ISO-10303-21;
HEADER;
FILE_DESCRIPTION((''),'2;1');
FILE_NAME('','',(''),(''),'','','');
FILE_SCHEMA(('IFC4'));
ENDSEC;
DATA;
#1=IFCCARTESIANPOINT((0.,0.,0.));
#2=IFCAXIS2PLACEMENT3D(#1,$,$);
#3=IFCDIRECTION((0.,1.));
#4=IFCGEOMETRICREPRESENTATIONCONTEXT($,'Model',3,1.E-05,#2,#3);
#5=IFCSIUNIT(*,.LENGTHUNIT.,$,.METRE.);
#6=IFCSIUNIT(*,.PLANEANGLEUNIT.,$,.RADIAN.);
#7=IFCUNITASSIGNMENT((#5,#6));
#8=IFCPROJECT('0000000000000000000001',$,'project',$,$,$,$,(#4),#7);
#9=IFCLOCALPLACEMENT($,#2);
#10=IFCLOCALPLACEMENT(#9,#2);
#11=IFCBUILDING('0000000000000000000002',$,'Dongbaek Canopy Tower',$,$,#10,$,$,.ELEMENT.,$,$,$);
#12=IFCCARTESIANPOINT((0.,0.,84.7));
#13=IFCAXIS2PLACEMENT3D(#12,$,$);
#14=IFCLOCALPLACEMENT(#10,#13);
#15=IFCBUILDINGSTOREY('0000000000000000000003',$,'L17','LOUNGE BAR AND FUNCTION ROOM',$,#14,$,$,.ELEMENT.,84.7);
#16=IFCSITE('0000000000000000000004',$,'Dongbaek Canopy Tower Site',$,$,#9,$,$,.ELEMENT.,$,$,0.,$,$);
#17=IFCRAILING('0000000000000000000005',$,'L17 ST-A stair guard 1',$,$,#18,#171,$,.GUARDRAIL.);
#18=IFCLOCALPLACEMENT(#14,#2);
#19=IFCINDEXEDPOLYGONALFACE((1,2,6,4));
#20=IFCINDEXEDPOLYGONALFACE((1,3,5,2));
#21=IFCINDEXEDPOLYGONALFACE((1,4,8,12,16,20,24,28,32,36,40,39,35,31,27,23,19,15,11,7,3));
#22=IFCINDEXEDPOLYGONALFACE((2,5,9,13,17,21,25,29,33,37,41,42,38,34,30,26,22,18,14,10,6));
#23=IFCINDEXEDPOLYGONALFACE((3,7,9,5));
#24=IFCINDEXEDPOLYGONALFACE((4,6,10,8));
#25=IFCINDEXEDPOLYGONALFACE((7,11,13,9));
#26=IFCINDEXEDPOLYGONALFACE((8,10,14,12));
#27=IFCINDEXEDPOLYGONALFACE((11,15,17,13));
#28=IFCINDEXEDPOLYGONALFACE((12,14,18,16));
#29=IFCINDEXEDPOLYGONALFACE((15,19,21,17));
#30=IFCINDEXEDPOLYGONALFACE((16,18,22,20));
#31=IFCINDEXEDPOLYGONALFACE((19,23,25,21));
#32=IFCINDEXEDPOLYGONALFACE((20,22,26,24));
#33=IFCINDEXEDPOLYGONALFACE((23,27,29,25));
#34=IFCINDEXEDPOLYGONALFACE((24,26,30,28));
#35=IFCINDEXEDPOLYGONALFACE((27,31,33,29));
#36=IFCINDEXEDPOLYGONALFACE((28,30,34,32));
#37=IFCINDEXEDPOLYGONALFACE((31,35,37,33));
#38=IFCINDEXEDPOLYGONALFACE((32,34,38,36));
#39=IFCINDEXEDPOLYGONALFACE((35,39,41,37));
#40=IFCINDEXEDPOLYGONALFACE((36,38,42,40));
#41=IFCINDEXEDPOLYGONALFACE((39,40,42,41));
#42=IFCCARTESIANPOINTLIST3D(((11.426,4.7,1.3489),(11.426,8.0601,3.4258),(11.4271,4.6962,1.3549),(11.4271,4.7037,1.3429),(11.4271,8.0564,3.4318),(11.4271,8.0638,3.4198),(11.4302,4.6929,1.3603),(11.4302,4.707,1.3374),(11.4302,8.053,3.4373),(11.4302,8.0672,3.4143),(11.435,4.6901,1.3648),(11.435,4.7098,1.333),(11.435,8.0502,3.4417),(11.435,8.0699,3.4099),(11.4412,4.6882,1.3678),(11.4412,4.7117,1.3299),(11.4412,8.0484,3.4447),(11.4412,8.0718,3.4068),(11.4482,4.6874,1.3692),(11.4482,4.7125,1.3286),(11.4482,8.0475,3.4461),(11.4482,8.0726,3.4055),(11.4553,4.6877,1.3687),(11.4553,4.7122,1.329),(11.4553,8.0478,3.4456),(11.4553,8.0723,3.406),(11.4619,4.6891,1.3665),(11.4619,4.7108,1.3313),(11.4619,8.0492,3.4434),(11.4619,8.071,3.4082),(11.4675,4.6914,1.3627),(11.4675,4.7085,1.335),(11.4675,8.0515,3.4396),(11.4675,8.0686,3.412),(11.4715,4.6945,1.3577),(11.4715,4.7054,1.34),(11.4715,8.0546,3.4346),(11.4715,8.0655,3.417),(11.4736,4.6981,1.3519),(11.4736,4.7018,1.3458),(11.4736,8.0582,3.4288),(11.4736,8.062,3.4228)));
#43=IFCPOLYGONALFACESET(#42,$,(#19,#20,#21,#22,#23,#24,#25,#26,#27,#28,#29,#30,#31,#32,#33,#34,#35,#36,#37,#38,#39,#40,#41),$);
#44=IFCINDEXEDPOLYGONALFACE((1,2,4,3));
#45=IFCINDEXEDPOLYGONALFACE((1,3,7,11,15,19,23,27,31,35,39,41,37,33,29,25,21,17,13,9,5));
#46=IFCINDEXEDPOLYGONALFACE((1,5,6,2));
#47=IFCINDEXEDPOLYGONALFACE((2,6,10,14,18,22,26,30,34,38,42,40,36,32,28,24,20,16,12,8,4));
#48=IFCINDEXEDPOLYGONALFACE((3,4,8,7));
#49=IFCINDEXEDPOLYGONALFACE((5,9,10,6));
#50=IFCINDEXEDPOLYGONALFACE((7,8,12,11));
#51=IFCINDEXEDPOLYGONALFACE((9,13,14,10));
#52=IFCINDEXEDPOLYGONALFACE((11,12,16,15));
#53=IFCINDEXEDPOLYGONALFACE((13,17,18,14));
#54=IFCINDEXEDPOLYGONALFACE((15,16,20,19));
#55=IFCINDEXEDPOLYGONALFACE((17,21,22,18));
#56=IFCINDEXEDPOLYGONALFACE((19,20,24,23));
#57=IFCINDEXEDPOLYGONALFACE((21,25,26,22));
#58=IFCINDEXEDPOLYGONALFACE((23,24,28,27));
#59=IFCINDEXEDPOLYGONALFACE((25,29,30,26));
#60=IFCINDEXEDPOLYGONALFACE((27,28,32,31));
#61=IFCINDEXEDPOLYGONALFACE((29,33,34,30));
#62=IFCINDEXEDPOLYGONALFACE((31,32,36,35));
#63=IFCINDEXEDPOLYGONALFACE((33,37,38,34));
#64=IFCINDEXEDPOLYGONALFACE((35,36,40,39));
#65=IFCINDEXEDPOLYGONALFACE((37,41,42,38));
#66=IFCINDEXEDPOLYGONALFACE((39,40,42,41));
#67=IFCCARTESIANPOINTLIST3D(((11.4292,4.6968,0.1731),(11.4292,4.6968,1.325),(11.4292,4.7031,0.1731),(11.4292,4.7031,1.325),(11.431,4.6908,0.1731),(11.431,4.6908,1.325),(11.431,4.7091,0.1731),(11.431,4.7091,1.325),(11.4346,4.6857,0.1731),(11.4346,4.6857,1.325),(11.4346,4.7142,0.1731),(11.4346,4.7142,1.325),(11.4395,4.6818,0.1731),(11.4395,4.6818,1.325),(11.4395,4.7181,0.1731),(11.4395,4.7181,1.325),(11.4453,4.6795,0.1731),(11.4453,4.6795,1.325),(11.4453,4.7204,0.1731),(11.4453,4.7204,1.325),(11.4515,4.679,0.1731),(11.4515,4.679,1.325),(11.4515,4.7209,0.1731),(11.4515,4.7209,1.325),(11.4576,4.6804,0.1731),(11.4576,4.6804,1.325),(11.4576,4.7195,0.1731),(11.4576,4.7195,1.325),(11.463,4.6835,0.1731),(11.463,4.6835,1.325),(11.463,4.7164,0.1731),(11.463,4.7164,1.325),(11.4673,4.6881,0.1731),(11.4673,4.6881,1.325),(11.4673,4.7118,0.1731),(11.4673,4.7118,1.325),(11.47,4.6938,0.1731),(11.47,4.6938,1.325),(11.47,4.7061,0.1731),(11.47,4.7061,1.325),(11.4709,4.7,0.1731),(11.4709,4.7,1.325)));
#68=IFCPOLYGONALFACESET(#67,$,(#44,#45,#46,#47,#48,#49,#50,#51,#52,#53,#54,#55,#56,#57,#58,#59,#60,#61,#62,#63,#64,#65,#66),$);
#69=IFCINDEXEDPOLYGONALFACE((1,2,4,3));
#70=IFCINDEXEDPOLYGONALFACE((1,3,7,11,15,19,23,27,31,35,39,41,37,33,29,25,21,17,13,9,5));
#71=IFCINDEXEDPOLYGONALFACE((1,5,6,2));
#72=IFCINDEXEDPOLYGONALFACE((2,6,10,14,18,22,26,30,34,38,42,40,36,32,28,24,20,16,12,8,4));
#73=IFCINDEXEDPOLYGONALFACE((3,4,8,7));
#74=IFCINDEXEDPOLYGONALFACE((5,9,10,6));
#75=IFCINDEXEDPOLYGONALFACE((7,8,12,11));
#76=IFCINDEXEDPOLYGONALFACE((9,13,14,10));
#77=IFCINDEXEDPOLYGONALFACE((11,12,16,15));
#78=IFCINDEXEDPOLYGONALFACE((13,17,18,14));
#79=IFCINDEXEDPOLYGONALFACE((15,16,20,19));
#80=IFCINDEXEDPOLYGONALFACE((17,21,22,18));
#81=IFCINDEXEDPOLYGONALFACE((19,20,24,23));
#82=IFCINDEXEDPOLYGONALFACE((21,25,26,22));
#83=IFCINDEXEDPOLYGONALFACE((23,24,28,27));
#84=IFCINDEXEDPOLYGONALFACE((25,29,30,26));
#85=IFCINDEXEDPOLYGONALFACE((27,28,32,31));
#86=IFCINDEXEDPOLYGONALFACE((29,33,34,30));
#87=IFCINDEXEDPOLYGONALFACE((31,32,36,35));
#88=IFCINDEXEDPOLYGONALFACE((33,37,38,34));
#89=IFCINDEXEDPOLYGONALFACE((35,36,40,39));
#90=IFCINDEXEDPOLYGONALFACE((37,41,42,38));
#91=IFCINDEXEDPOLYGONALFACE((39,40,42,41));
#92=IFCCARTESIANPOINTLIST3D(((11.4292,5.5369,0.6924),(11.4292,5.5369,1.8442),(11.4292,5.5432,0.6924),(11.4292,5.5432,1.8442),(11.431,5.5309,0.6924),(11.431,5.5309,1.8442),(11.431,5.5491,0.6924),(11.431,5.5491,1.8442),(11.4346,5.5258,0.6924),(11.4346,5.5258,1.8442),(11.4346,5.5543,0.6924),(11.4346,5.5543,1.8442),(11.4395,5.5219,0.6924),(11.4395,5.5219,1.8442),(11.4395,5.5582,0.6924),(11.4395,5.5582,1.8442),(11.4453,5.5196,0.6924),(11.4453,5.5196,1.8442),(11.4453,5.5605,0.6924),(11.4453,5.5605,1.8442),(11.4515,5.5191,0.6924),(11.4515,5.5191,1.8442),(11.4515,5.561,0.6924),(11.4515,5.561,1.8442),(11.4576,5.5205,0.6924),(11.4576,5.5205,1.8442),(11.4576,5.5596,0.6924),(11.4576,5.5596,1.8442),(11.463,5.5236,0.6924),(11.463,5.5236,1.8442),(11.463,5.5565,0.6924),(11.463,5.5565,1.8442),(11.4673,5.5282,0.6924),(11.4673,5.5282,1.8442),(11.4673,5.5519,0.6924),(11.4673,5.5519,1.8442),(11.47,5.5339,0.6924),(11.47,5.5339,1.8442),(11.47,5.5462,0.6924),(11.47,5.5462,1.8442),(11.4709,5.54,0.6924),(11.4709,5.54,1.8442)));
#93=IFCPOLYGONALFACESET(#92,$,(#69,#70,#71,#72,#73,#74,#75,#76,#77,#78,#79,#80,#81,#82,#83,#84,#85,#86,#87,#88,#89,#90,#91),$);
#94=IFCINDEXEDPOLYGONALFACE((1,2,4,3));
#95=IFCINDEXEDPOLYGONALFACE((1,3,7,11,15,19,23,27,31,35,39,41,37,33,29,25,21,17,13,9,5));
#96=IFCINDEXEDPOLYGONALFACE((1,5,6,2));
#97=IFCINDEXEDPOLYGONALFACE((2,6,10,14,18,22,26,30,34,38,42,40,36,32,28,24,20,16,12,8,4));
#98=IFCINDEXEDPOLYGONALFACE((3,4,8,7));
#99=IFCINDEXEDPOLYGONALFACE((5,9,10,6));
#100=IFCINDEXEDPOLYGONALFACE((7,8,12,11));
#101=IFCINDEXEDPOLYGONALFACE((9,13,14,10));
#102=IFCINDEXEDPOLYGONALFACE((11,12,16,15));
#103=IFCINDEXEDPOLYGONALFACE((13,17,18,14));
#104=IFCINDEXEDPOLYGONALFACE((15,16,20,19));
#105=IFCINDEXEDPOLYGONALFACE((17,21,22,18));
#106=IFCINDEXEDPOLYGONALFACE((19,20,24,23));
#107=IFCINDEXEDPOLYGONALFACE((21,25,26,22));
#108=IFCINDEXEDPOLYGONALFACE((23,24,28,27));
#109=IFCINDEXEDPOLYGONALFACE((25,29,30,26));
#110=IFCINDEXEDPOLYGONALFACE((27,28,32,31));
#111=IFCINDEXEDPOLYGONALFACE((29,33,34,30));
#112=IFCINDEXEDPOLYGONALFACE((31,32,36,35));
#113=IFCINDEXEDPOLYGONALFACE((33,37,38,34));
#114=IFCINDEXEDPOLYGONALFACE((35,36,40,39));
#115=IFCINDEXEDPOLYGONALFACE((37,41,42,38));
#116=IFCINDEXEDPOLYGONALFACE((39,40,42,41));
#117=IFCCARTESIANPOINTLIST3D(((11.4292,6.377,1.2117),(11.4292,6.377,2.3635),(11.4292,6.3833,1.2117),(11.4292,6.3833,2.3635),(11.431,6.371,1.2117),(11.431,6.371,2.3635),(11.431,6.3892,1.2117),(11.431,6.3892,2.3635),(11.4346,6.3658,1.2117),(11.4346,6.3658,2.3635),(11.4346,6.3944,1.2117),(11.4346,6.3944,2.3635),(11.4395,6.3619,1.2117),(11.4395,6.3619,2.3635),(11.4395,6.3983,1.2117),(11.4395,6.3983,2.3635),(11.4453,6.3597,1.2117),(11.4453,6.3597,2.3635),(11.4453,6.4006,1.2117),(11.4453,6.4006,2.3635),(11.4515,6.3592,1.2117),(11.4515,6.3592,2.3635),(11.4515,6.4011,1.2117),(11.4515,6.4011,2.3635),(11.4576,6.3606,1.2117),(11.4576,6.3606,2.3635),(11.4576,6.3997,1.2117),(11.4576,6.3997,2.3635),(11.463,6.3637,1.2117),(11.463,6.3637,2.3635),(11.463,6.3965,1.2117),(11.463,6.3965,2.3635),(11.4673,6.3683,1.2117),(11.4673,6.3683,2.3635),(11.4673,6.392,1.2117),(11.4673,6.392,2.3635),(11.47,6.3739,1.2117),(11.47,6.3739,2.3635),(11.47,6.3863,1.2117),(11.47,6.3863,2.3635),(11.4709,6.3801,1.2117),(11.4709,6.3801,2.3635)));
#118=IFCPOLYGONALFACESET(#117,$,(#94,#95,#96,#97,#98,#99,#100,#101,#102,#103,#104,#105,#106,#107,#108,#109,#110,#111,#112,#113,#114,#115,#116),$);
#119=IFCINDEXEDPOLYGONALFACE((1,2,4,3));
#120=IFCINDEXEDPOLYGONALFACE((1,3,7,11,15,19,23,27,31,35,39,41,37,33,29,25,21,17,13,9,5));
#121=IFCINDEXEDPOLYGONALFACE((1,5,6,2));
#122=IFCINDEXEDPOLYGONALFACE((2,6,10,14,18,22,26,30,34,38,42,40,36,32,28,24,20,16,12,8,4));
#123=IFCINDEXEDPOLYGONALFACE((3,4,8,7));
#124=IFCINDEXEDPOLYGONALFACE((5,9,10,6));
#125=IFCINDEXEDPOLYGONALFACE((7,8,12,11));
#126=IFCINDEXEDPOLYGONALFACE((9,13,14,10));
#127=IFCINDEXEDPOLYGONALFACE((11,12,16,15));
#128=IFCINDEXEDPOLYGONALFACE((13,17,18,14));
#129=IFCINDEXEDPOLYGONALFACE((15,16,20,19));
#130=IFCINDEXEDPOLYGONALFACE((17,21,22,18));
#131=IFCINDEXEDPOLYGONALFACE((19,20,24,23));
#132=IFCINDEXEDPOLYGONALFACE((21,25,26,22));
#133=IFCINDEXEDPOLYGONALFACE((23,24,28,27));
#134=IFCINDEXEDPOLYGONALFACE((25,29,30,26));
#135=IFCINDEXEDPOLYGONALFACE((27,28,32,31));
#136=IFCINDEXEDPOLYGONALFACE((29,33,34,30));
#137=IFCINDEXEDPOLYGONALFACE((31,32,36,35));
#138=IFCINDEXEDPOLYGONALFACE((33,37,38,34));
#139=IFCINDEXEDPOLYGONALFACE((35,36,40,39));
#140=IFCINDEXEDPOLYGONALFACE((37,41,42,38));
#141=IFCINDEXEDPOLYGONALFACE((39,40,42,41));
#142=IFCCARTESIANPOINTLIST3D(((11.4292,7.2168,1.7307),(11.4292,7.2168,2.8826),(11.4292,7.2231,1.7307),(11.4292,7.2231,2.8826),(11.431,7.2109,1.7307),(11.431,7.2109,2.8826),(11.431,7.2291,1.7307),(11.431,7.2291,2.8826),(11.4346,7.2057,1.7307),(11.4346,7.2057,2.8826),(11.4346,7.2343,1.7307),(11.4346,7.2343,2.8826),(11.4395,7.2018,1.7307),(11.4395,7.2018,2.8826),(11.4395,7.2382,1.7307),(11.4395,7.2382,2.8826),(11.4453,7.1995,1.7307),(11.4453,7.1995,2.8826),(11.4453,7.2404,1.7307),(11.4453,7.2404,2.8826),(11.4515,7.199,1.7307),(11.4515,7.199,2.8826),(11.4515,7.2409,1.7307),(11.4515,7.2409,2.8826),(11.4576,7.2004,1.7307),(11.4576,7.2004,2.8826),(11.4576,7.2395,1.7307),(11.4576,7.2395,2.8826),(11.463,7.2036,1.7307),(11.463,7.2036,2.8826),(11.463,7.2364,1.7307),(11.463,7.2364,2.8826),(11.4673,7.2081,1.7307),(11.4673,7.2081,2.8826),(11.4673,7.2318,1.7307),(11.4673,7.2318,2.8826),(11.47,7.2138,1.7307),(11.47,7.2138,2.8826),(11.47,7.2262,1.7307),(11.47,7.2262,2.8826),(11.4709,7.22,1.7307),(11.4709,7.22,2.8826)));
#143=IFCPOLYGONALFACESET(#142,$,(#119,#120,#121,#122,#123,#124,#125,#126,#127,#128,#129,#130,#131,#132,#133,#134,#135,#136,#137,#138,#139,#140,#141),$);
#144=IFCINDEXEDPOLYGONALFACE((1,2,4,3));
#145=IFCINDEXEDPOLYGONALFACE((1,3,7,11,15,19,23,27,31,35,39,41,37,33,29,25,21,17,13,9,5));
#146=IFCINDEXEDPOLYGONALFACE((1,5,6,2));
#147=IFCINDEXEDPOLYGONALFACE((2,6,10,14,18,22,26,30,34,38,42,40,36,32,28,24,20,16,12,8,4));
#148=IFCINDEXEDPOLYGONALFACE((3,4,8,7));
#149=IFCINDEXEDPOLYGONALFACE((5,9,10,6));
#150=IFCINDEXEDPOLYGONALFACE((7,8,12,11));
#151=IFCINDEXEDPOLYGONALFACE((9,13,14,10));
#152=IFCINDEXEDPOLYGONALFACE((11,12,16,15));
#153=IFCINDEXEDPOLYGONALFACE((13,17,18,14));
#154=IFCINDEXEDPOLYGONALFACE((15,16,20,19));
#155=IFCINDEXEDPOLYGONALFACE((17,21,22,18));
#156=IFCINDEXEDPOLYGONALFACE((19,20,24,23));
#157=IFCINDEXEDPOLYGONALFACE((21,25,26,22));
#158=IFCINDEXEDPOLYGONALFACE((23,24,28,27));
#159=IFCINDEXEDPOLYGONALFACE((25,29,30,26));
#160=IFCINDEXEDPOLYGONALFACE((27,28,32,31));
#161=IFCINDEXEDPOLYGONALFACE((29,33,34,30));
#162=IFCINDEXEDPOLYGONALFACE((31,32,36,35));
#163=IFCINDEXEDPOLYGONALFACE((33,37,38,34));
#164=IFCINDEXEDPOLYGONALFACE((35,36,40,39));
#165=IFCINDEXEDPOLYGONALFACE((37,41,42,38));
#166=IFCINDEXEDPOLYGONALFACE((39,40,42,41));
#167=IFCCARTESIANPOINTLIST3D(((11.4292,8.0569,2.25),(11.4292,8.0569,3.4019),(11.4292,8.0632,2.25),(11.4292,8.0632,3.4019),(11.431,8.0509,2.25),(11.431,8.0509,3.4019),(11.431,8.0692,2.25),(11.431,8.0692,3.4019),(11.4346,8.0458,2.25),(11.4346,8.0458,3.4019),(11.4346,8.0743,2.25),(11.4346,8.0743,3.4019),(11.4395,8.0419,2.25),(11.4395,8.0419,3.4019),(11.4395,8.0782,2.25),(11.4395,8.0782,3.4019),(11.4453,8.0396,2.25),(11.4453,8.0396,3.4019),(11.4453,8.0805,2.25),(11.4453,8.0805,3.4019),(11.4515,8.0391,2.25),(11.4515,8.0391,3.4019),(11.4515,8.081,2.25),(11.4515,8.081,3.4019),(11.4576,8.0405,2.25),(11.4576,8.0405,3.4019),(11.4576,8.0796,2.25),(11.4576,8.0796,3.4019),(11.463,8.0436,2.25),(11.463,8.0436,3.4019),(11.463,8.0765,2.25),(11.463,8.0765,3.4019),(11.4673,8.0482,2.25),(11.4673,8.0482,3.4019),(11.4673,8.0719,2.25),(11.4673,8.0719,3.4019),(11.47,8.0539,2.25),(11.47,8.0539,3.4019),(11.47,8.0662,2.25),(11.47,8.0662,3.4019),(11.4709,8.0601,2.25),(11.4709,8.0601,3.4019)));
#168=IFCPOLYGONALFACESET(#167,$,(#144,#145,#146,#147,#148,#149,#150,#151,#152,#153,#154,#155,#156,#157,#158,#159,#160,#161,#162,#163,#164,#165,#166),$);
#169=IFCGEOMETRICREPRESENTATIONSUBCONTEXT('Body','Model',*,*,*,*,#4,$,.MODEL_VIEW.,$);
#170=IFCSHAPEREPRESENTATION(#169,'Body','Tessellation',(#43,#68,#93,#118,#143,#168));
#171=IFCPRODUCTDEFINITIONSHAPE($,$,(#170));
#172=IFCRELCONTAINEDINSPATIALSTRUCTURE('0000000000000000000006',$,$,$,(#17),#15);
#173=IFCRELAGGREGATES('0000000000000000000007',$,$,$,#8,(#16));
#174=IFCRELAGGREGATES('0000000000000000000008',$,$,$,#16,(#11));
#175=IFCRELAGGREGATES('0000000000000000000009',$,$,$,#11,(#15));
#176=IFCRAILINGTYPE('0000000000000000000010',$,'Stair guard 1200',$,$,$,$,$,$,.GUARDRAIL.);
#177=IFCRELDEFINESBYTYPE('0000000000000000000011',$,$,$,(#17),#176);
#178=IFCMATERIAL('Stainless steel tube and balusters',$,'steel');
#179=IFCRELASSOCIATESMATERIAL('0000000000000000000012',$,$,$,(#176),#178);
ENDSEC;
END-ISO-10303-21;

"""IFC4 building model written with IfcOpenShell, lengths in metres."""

from ifc_helpers import new_model, si_unit, direction, frame, origin, origin_2d, place, context, subcontext, project, spatial, circle, extrude, material, type_object, element, save


model = new_model("IFC4")

# Units and contexts
model_context = context("Model", 3, precision=1e-05, world=origin(), true_north=direction((0.0, 1.0)))
body_context = subcontext(model_context, "Body", "Model", "MODEL_VIEW")
ifc_project = project(units=[si_unit("LENGTHUNIT", "METRE"), si_unit("PLANEANGLEUNIT", "RADIAN")], contexts=[model_context])

# Site, building, storey
site_placement = place(None, origin())
site = spatial("IfcSite", under=ifc_project, at=site_placement, Name="Dongbaek Canopy Tower Site", CompositionType="ELEMENT", RefElevation=0.0)
building_placement = place(site_placement, origin())
building = spatial("IfcBuilding", under=site, at=building_placement, Name="Dongbaek Canopy Tower", CompositionType="ELEMENT")
storey_placement = place(building_placement, frame((0.0, 0.0, 84.7)))
storey = spatial("IfcBuildingStorey", under=building, at=storey_placement, Name="L17", Description="LOUNGE BAR AND FUNCTION ROOM", CompositionType="ELEMENT", Elevation=84.7)

# Railing
ifc_material_1 = material(Name="Stainless steel tube and balusters", Category="steel")
railing_type_1 = type_object("IfcRailingType", Name="Stair guard 1200", PredefinedType="GUARDRAIL", material=ifc_material_1)
railing_1_placement = place(storey_placement, frame((11.45, 4.7, 0.1731)))
element("IfcRailing", 1, at=railing_1_placement, inside=storey, type_object=railing_type_1, Name="L17 ST-A stair guard 1", PredefinedType="GUARDRAIL", context=body_context, shape_type="SweptSolid", body=[
    extrude(circle(Radius=0.0239, at=origin_2d()), frame((0.0, 0.0, 1.1758), z_axis=(0.0, 0.850623, 0.525776), x_axis=(-1.0, 0.0, 0.0)), (0.0, 0.0, 1.0), 3.9502),
    extrude(circle(Radius=0.021, at=origin_2d()), origin(), (0.0, 0.0, 1.0), 1.1519),
    extrude(circle(Radius=0.021, at=origin_2d()), frame((0.0, 0.8401, 0.5193)), (0.0, 0.0, 1.0), 1.1519),
    extrude(circle(Radius=0.021, at=origin_2d()), frame((0.0, 1.6802, 1.0386)), (0.0, 0.0, 1.0), 1.1519),
    extrude(circle(Radius=0.021, at=origin_2d()), frame((0.0, 2.52, 1.5576)), (0.0, 0.0, 1.0), 1.1519),
    extrude(circle(Radius=0.021, at=origin_2d()), frame((0.0, 3.3601, 2.0769)), (0.0, 0.0, 1.0), 1.1519),
])

save(model, "model.ifc")
